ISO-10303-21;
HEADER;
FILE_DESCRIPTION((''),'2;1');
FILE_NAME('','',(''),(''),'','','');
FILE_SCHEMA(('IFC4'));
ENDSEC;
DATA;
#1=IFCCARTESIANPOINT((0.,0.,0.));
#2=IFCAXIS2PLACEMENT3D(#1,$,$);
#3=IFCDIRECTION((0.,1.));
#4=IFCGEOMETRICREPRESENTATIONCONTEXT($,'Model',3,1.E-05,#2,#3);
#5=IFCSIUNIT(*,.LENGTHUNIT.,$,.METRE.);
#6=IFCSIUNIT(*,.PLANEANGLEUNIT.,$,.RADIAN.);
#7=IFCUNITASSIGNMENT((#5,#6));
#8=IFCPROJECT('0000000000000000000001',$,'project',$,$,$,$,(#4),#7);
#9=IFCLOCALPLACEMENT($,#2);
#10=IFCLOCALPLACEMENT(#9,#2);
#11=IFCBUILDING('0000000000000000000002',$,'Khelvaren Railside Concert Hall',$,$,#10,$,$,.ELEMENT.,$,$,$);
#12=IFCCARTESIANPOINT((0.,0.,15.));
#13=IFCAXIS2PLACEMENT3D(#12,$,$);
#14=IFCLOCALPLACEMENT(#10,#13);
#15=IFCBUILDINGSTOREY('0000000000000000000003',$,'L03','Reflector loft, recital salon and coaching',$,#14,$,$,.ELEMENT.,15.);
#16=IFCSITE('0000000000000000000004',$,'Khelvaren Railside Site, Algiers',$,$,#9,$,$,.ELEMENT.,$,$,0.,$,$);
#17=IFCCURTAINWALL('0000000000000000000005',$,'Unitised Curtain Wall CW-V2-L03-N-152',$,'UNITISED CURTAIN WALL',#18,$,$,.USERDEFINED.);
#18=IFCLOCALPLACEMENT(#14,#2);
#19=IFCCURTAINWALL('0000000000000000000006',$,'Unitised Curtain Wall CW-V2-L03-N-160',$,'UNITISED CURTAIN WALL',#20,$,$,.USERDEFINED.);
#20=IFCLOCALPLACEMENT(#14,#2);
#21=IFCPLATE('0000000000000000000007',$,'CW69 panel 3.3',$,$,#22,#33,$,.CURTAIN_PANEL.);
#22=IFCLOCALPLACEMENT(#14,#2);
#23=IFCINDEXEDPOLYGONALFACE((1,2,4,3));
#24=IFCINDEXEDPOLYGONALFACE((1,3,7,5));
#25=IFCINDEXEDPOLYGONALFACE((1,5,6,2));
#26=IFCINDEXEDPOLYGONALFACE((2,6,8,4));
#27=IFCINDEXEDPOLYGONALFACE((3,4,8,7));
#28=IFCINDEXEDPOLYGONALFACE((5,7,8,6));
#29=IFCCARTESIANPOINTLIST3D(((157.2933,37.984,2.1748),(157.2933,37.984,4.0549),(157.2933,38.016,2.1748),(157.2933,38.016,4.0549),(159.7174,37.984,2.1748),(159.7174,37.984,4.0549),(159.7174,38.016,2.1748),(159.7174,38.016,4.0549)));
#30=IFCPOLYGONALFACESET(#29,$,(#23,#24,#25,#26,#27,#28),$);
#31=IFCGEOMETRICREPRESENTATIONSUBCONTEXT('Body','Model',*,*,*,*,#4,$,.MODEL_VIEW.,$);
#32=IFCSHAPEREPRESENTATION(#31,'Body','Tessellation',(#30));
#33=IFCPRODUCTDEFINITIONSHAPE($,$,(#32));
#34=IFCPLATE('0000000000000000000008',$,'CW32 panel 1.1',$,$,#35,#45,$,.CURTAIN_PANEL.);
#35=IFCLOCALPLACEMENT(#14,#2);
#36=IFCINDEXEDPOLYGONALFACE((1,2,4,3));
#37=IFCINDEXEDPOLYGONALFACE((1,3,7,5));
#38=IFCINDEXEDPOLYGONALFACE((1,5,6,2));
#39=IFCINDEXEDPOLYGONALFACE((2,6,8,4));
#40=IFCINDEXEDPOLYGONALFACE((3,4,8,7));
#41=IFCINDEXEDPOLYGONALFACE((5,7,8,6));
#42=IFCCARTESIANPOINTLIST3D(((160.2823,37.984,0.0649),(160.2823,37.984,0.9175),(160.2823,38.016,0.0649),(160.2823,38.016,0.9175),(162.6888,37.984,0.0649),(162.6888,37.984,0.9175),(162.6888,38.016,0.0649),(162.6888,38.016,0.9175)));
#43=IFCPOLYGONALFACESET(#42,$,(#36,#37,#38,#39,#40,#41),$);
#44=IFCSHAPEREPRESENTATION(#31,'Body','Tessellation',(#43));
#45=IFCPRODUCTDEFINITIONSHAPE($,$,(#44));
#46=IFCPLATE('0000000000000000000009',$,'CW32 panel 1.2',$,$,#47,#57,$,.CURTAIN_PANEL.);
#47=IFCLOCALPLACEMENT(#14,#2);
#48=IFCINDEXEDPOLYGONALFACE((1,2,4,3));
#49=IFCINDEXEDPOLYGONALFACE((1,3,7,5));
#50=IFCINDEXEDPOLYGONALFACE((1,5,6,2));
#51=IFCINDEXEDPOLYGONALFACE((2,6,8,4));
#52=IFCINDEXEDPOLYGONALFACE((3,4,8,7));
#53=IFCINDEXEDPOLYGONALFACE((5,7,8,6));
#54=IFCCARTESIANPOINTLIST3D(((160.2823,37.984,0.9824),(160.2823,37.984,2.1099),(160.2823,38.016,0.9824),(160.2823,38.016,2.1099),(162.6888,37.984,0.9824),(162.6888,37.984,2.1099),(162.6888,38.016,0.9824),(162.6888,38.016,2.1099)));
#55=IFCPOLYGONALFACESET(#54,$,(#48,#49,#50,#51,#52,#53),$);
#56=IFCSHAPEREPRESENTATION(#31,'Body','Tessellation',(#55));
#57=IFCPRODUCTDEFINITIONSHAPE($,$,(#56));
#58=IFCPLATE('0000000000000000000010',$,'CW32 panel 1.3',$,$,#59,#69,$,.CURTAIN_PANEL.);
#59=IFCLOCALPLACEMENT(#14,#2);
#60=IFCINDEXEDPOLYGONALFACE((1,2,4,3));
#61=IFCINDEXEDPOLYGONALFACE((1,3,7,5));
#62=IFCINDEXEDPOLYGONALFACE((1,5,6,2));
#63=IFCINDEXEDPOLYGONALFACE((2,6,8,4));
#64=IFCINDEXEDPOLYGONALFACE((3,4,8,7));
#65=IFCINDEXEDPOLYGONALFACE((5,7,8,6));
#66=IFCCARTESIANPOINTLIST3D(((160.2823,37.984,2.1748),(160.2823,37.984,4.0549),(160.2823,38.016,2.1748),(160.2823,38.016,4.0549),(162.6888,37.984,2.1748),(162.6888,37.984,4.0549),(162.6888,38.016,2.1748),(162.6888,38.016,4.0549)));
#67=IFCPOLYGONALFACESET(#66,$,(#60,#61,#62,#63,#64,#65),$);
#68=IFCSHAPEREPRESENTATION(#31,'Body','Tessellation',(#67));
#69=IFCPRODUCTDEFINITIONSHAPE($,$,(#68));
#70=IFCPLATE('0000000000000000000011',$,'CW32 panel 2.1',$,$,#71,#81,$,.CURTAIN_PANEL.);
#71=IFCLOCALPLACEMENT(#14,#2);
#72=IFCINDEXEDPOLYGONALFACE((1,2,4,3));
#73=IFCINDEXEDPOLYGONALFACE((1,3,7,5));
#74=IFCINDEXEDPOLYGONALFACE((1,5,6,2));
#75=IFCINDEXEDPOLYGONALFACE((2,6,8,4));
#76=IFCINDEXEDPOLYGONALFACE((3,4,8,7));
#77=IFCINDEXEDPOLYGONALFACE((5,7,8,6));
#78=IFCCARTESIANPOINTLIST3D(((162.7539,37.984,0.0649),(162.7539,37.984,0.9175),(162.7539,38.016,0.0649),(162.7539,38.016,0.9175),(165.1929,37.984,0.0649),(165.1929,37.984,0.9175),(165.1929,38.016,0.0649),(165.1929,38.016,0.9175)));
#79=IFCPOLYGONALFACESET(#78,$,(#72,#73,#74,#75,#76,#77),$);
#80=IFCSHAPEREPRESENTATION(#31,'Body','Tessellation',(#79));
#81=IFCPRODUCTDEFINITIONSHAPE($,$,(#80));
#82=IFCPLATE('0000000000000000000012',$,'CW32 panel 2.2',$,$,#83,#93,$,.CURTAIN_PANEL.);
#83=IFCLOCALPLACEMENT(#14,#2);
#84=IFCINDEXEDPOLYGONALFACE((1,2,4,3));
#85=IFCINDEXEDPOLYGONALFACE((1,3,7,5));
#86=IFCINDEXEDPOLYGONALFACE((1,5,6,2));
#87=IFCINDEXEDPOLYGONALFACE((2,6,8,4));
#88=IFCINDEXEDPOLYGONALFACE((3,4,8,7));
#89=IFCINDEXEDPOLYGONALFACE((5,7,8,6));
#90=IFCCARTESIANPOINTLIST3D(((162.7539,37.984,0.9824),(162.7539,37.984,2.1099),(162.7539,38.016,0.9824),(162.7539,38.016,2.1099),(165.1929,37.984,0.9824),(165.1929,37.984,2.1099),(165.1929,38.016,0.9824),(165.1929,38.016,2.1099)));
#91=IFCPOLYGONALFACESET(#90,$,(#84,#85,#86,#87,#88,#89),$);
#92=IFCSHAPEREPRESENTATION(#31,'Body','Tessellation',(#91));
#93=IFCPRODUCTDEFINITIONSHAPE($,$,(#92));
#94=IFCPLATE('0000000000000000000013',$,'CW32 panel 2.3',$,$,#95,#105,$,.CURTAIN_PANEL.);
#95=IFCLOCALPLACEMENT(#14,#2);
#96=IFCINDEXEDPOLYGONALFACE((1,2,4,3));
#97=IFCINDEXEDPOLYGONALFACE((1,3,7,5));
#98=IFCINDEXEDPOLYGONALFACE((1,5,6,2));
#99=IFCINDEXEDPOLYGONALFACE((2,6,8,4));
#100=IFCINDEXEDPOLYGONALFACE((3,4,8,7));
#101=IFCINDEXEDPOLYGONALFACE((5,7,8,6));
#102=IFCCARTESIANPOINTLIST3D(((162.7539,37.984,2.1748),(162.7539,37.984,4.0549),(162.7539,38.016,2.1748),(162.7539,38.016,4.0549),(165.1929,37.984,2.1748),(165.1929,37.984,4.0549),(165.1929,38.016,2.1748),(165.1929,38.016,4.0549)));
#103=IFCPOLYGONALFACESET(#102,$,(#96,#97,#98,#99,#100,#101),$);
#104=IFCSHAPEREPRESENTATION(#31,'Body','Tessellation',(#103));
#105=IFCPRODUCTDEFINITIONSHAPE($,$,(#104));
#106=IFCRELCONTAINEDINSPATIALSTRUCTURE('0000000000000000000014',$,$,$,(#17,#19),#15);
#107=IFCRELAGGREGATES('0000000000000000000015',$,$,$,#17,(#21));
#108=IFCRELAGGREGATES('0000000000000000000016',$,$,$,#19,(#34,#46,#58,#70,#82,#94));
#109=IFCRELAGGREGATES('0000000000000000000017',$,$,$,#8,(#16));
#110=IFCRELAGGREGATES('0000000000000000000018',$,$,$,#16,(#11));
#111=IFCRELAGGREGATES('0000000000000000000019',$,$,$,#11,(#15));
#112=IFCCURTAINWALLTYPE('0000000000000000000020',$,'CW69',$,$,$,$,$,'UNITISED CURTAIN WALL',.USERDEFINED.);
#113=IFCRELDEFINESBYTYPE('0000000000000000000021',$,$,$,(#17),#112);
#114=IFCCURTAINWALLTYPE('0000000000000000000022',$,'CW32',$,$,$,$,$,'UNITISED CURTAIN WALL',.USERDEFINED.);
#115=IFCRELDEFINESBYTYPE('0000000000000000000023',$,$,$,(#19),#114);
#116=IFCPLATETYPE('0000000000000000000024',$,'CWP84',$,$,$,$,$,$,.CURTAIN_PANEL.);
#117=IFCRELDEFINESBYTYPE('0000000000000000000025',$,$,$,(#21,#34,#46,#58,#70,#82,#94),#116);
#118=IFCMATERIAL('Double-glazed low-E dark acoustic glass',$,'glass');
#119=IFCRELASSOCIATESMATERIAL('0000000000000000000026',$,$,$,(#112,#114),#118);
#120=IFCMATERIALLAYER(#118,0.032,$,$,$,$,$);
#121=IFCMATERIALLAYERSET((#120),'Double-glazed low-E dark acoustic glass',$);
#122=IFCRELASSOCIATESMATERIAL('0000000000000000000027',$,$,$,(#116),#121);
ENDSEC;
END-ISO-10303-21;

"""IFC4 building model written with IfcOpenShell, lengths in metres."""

from ifc_helpers import new_model, si_unit, direction, frame, origin, origin_2d, place, context, subcontext, project, spatial, rectangle, extrude, material, layer, layer_set, type_object, element, aggregate, save


model = new_model("IFC4")

# Units and contexts
model_context = context("Model", 3, precision=1e-05, world=origin(), true_north=direction((0.0, 1.0)))
body_context = subcontext(model_context, "Body", "Model", "MODEL_VIEW")
ifc_project = project(units=[si_unit("LENGTHUNIT", "METRE"), si_unit("PLANEANGLEUNIT", "RADIAN")], contexts=[model_context])

# Site, building, storey
site_placement = place(None, origin())
site = spatial("IfcSite", under=ifc_project, at=site_placement, Name="Khelvaren Railside Site, Algiers", CompositionType="ELEMENT", RefElevation=0.0)
building_placement = place(site_placement, origin())
building = spatial("IfcBuilding", under=site, at=building_placement, Name="Khelvaren Railside Concert Hall", CompositionType="ELEMENT")
storey_placement = place(building_placement, frame((0.0, 0.0, 15.0)))
storey = spatial("IfcBuildingStorey", under=building, at=storey_placement, Name="L03", Description="Reflector loft, recital salon and coaching", CompositionType="ELEMENT", Elevation=15.0)

# Curtain wall
ifc_material_1 = material(Name="Double-glazed low-E dark acoustic glass", Category="glass")
curtain_wall_type_1 = type_object("IfcCurtainWallType", Name="CW69", ElementType="UNITISED CURTAIN WALL", PredefinedType="USERDEFINED", material=ifc_material_1)
curtain_wall_1_placement = place(storey_placement, origin())
curtain_wall_1 = element("IfcCurtainWall", 1, at=curtain_wall_1_placement, inside=storey, type_object=curtain_wall_type_1, Name="Unitised Curtain Wall CW-V2-L03-N-152", ObjectType="UNITISED CURTAIN WALL", PredefinedType="USERDEFINED")

# Curtain wall
curtain_wall_type_2 = type_object("IfcCurtainWallType", Name="CW32", ElementType="UNITISED CURTAIN WALL", PredefinedType="USERDEFINED", material=ifc_material_1)
curtain_wall_2_placement = place(storey_placement, origin())
curtain_wall_2 = element("IfcCurtainWall", 2, at=curtain_wall_2_placement, inside=storey, type_object=curtain_wall_type_2, Name="Unitised Curtain Wall CW-V2-L03-N-160", ObjectType="UNITISED CURTAIN WALL", PredefinedType="USERDEFINED")

# Plates
ifc_layer = layer(ifc_material_1, 0.032)
ifc_layer_set = layer_set([ifc_layer], Name="Double-glazed low-E dark acoustic glass")
plate_type = type_object("IfcPlateType", Name="CWP84", PredefinedType="CURTAIN_PANEL", material=ifc_layer_set)
plate_1_placement = place(storey_placement, frame((158.5054, 38.0, 2.1748), z_axis=(0.0, 0.0, 1.0), x_axis=(1.0, 0.0, 0.0)))
plate_1 = element("IfcPlate", 3, at=plate_1_placement, type_object=plate_type, Name="CW69 panel 3.3", PredefinedType="CURTAIN_PANEL", context=body_context, shape_type="SweptSolid", body=[
    extrude(rectangle(XDim=2.4241, YDim=0.032, at=origin_2d()), origin(), (0.0, 0.0, 1.0), 1.8801),
])
aggregate(curtain_wall_1, [plate_1])
plate_2_placement = place(storey_placement, frame((161.4856, 38.0, 0.0649), z_axis=(0.0, 0.0, 1.0), x_axis=(1.0, 0.0, 0.0)))
plate_2 = element("IfcPlate", 4, at=plate_2_placement, type_object=plate_type, Name="CW32 panel 1.1", PredefinedType="CURTAIN_PANEL", context=body_context, shape_type="SweptSolid", body=[
    extrude(rectangle(XDim=2.4065, YDim=0.032, at=origin_2d()), origin(), (0.0, 0.0, 1.0), 0.8525),
])
plate_3_placement = place(storey_placement, frame((161.4856, 38.0, 0.9824), z_axis=(0.0, 0.0, 1.0), x_axis=(1.0, 0.0, 0.0)))
plate_3 = element("IfcPlate", 5, at=plate_3_placement, type_object=plate_type, Name="CW32 panel 1.2", PredefinedType="CURTAIN_PANEL", context=body_context, shape_type="SweptSolid", body=[
    extrude(rectangle(XDim=2.4065, YDim=0.032, at=origin_2d()), origin(), (0.0, 0.0, 1.0), 1.1274),
])
plate_4_placement = place(storey_placement, frame((161.4856, 38.0, 2.1748), z_axis=(0.0, 0.0, 1.0), x_axis=(1.0, 0.0, 0.0)))
plate_4 = element("IfcPlate", 6, at=plate_4_placement, type_object=plate_type, Name="CW32 panel 1.3", PredefinedType="CURTAIN_PANEL", context=body_context, shape_type="SweptSolid", body=[
    extrude(rectangle(XDim=2.4065, YDim=0.032, at=origin_2d()), origin(), (0.0, 0.0, 1.0), 1.8801),
])
plate_5_placement = place(storey_placement, frame((163.9734, 38.0, 0.0649), z_axis=(0.0, 0.0, 1.0), x_axis=(1.0, 0.0, 0.0)))
plate_5 = element("IfcPlate", 7, at=plate_5_placement, type_object=plate_type, Name="CW32 panel 2.1", PredefinedType="CURTAIN_PANEL", context=body_context, shape_type="SweptSolid", body=[
    extrude(rectangle(XDim=2.439, YDim=0.032, at=origin_2d()), origin(), (0.0, 0.0, 1.0), 0.8525),
])
plate_6_placement = place(storey_placement, frame((163.9734, 38.0, 0.9824), z_axis=(0.0, 0.0, 1.0), x_axis=(1.0, 0.0, 0.0)))
plate_6 = element("IfcPlate", 8, at=plate_6_placement, type_object=plate_type, Name="CW32 panel 2.2", PredefinedType="CURTAIN_PANEL", context=body_context, shape_type="SweptSolid", body=[
    extrude(rectangle(XDim=2.439, YDim=0.032, at=origin_2d()), origin(), (0.0, 0.0, 1.0), 1.1274),
])
plate_7_placement = place(storey_placement, frame((163.9734, 38.0, 2.1748), z_axis=(0.0, 0.0, 1.0), x_axis=(1.0, 0.0, 0.0)))
plate_7 = element("IfcPlate", 9, at=plate_7_placement, type_object=plate_type, Name="CW32 panel 2.3", PredefinedType="CURTAIN_PANEL", context=body_context, shape_type="SweptSolid", body=[
    extrude(rectangle(XDim=2.439, YDim=0.032, at=origin_2d()), origin(), (0.0, 0.0, 1.0), 1.8801),
])
aggregate(curtain_wall_2, [plate_2, plate_3, plate_4, plate_5, plate_6, plate_7])

save(model, "model.ifc")
